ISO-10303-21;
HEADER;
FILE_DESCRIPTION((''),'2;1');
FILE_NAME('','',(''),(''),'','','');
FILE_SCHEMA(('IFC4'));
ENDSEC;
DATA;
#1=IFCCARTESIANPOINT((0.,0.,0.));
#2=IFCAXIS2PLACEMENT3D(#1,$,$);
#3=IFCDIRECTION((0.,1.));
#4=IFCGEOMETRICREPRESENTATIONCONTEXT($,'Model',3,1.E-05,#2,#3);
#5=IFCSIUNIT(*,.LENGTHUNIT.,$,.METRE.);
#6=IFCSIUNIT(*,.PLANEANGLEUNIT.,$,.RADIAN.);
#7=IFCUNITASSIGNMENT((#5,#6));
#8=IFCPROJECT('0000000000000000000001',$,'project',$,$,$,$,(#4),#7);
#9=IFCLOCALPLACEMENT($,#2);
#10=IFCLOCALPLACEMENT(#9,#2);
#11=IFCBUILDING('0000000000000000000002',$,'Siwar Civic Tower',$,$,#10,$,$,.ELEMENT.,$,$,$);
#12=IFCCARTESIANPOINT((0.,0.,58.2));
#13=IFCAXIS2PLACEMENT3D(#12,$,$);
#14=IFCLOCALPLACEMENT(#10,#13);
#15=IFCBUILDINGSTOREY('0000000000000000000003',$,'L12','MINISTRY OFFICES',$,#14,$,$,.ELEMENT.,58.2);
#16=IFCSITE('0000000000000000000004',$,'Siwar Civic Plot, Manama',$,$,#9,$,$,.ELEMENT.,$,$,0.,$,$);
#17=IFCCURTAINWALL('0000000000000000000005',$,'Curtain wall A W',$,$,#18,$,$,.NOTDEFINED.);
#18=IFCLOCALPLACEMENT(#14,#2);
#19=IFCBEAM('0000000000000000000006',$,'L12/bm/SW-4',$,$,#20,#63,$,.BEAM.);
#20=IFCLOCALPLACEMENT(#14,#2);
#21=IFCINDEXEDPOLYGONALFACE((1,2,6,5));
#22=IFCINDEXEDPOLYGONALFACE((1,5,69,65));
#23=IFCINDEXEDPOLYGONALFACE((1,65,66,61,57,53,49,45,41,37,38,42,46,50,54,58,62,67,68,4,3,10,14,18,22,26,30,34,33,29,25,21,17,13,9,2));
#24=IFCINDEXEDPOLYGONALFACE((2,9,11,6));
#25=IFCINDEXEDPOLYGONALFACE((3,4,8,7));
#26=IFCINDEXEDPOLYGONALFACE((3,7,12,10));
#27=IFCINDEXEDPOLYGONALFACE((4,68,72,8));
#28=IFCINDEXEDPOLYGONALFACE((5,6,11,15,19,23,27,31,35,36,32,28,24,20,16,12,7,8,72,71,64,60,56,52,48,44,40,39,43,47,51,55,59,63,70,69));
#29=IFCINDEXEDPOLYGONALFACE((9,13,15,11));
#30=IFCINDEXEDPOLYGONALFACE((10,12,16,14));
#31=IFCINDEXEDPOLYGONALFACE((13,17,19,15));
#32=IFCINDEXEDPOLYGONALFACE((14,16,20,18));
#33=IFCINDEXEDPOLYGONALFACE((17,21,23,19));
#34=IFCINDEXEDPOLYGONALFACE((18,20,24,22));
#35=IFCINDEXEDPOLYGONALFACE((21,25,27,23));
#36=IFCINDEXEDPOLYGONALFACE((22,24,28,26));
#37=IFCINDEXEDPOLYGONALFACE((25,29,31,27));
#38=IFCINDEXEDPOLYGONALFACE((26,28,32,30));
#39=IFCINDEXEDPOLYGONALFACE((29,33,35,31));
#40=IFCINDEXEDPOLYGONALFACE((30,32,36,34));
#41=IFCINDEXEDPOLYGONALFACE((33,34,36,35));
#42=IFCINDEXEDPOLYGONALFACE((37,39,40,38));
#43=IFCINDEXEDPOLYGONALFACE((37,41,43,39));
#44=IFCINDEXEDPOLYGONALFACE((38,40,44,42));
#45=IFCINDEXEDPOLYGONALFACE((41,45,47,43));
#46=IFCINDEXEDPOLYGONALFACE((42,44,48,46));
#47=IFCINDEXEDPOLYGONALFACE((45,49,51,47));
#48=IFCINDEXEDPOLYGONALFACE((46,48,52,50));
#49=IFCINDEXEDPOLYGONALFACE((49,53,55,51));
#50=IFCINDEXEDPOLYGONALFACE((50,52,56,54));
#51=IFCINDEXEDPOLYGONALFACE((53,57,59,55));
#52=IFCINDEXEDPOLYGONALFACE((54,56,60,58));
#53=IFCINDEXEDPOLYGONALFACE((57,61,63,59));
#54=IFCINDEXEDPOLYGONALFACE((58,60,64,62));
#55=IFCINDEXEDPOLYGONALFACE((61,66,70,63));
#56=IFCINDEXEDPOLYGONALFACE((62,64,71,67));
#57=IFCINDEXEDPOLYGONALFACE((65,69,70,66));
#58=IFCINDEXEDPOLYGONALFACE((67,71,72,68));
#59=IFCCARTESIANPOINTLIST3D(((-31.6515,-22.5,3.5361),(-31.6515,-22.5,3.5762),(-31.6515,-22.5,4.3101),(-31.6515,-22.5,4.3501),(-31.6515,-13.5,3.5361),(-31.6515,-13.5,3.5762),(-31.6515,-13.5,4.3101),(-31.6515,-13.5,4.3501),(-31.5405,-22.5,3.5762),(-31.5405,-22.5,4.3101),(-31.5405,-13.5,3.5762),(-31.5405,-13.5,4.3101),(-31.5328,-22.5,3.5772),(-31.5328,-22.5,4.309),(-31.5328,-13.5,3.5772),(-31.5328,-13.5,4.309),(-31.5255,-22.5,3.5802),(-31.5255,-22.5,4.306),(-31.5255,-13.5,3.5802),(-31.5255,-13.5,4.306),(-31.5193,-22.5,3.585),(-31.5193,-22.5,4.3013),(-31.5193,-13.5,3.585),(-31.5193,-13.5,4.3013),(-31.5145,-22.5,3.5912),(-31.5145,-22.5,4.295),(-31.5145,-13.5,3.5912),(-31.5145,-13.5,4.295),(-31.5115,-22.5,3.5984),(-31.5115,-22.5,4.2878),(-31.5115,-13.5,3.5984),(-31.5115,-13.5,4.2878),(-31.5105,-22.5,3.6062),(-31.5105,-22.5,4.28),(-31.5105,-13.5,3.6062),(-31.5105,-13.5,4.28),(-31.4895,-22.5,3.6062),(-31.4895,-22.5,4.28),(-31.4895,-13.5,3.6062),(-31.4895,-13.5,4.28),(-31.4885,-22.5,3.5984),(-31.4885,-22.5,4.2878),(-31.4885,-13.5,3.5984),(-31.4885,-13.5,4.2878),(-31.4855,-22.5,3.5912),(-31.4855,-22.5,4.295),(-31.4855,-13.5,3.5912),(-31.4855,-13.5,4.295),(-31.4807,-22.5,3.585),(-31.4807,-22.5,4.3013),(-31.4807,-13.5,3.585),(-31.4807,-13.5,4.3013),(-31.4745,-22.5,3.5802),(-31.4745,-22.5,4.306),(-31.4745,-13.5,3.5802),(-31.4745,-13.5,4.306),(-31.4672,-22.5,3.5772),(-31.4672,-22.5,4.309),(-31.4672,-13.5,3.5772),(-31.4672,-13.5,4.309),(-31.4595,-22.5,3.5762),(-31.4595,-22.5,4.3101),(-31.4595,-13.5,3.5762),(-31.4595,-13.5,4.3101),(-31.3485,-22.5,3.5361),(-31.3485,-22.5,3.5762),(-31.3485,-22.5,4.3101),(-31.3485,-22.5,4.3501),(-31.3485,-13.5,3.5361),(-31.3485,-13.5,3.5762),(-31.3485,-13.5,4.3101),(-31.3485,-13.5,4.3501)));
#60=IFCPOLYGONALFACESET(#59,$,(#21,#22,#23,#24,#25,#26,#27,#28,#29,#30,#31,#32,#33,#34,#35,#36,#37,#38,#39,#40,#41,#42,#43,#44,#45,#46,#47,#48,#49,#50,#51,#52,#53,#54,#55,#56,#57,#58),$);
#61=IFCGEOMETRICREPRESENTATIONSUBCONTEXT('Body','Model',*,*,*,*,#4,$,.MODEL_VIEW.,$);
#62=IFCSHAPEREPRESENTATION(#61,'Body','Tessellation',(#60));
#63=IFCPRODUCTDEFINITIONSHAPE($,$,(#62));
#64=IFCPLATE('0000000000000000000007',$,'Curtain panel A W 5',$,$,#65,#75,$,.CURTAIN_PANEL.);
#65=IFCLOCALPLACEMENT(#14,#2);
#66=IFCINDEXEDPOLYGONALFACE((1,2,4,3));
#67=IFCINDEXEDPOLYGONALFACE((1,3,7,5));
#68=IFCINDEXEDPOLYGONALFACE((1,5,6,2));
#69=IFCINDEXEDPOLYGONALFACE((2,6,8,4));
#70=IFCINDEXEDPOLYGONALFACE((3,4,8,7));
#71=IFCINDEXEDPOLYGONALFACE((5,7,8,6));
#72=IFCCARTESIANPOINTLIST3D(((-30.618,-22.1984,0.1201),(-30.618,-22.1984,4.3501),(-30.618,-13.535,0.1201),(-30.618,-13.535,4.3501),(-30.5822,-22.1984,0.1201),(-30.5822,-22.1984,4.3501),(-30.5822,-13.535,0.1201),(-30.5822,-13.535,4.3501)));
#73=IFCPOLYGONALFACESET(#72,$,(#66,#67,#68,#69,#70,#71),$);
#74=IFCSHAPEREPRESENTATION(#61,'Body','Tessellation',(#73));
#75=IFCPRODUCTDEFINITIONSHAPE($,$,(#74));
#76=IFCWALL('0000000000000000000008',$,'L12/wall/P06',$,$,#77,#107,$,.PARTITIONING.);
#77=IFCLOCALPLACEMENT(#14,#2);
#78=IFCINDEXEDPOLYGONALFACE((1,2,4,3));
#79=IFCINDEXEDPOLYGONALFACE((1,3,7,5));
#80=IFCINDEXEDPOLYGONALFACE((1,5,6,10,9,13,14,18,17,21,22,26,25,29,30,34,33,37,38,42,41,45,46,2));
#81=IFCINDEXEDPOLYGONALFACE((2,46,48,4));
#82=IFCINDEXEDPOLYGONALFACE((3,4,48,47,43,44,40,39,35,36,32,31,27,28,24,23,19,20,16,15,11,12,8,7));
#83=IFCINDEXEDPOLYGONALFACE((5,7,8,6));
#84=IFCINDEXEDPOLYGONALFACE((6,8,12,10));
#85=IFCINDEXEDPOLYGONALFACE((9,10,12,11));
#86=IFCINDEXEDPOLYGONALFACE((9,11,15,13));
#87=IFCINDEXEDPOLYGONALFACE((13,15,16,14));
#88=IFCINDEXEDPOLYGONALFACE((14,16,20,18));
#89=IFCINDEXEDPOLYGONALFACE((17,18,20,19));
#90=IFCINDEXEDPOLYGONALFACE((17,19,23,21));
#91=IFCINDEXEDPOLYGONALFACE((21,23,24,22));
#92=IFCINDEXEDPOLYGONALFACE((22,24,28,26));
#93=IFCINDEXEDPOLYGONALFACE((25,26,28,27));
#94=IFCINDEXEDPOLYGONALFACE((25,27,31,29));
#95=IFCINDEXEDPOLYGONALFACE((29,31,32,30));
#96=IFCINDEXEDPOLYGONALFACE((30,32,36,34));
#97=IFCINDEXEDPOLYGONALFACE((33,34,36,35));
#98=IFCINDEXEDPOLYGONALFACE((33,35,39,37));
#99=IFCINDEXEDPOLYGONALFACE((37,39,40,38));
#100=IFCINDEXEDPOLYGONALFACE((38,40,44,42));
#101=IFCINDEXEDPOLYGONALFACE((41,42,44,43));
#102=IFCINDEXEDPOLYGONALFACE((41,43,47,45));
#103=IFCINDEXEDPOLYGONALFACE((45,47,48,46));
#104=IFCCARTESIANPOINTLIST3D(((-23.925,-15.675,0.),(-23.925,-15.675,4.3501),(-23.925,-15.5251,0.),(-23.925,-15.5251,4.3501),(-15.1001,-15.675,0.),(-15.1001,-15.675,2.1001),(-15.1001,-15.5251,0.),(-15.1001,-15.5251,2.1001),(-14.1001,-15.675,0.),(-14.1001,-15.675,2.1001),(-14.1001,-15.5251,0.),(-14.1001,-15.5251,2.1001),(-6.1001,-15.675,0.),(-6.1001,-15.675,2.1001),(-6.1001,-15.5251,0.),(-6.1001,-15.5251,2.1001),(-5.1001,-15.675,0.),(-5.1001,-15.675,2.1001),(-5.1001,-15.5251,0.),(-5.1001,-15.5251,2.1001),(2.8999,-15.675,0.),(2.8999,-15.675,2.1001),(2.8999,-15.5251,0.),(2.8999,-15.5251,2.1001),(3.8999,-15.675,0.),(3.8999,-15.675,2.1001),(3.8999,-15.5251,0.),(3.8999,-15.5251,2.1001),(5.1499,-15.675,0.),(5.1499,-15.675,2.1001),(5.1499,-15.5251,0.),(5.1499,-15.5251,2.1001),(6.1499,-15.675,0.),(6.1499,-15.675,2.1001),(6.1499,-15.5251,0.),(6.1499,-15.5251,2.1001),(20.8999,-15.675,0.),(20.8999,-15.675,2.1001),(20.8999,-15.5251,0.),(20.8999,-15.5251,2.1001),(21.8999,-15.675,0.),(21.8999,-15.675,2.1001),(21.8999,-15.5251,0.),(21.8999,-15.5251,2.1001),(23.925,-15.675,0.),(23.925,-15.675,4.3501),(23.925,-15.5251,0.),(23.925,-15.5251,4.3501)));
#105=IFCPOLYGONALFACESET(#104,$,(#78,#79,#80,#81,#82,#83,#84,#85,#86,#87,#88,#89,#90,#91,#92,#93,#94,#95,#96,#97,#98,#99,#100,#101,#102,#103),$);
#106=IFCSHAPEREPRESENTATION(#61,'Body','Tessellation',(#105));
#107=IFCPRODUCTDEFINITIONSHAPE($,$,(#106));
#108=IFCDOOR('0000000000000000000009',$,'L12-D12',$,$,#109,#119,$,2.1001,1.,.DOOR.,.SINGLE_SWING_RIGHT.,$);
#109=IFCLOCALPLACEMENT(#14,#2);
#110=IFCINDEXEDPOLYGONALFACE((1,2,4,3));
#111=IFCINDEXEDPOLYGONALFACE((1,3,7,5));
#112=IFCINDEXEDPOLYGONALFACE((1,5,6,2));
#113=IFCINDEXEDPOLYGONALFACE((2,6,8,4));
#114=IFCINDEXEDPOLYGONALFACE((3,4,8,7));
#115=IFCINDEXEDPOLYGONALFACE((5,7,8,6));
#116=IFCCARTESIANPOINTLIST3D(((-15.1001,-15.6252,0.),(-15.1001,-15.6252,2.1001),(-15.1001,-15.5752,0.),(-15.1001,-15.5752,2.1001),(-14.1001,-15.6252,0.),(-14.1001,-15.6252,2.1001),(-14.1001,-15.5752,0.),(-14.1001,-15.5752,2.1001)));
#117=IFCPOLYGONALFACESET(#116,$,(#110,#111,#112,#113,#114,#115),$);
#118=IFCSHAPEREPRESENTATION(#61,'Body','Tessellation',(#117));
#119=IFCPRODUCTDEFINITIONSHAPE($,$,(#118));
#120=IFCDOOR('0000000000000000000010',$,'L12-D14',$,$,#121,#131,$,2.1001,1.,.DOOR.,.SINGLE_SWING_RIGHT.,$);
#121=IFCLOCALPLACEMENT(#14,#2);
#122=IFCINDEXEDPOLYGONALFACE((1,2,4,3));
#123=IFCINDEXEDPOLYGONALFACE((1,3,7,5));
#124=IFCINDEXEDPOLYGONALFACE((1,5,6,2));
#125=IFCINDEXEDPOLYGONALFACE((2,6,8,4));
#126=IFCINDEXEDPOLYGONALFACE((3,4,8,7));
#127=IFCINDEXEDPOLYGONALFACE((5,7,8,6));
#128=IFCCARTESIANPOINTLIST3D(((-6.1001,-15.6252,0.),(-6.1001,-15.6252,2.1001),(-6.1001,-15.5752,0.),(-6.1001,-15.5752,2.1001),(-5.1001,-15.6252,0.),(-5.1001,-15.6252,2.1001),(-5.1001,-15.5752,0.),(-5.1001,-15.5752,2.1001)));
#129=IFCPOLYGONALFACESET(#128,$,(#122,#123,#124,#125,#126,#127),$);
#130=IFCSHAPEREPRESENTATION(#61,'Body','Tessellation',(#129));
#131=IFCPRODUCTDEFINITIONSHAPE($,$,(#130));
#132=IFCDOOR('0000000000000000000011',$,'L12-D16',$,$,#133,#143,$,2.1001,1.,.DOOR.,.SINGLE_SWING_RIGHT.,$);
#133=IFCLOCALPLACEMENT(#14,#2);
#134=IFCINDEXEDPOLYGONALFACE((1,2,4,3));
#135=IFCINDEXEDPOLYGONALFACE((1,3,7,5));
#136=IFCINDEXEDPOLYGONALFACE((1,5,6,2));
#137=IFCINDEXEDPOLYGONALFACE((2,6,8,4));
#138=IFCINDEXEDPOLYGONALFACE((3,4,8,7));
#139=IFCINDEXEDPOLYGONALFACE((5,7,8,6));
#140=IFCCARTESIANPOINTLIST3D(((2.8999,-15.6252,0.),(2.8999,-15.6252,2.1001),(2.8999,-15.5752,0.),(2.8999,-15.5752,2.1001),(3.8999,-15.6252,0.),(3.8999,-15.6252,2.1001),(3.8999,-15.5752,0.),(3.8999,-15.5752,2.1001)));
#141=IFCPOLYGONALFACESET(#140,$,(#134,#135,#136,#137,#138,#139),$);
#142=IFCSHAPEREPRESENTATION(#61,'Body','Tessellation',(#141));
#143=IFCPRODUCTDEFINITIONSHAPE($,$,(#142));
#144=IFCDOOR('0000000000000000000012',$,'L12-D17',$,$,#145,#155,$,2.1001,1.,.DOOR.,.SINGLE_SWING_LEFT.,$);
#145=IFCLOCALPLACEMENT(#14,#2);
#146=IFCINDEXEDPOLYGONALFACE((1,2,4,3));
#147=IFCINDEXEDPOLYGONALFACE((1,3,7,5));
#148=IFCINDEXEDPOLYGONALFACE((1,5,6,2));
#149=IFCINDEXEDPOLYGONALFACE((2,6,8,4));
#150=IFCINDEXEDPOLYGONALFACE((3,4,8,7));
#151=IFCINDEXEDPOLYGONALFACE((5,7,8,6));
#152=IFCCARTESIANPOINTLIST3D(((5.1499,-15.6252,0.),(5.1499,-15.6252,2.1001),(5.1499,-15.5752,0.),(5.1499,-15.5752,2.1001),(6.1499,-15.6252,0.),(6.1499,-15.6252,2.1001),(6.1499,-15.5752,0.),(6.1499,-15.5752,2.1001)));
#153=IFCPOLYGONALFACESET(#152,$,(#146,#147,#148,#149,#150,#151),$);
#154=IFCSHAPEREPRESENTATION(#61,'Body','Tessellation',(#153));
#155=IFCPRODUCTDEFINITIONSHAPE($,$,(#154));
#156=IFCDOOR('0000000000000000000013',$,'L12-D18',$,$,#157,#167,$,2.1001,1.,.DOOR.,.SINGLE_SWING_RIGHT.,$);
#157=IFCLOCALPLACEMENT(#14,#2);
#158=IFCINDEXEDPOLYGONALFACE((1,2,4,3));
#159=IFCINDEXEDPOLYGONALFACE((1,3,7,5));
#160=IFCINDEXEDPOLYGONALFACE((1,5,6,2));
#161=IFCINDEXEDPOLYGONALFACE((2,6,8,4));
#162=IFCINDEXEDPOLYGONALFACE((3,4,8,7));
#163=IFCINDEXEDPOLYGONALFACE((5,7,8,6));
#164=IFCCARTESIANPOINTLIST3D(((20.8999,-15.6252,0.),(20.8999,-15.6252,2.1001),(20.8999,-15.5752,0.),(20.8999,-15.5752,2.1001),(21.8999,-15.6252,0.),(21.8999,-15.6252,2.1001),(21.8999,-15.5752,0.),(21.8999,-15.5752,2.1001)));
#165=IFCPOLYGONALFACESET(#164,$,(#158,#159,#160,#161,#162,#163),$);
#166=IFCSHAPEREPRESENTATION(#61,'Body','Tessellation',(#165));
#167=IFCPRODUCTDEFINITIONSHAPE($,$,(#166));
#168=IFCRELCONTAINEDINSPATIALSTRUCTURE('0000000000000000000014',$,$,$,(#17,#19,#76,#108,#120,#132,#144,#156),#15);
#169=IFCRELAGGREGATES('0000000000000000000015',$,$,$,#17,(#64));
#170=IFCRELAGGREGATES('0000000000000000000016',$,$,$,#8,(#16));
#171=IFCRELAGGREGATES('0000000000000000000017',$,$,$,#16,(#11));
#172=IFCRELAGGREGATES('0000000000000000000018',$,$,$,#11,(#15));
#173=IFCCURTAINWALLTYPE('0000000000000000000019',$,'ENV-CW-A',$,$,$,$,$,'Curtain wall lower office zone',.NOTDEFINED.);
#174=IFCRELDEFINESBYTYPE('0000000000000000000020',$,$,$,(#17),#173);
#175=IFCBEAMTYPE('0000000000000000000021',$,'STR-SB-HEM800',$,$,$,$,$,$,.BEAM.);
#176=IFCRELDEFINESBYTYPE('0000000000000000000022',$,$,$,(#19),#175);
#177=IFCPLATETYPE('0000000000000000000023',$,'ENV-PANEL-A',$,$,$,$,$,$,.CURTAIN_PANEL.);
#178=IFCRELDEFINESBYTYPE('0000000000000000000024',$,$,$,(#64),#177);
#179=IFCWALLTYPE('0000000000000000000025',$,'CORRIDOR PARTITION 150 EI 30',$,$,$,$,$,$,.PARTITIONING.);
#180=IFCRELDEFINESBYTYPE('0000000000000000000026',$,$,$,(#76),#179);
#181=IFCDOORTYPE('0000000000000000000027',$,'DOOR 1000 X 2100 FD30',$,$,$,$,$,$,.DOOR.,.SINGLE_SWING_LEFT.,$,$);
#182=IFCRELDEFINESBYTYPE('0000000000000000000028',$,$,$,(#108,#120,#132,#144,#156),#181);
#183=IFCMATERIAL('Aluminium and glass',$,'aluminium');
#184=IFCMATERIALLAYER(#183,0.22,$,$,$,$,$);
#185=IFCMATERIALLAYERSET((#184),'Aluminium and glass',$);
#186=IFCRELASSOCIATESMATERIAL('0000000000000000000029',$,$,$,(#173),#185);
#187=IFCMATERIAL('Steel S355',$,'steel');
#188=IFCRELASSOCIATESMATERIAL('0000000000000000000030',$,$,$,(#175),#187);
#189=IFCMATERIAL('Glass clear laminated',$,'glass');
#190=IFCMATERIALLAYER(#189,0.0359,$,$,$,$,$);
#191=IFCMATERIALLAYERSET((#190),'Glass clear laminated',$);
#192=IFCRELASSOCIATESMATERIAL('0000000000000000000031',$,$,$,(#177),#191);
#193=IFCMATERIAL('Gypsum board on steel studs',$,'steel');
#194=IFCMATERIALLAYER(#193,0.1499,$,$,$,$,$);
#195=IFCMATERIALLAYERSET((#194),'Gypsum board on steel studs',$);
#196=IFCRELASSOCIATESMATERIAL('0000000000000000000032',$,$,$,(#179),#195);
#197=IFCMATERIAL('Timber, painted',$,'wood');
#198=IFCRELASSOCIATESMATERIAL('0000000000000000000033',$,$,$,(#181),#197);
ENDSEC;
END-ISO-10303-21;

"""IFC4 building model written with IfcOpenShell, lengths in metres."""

from ifc_helpers import new_model, si_unit, direction, frame, frame_2d, origin, origin_2d, place, context, subcontext, project, spatial, rectangle, i_section, extrude, material, layer, layer_set, material_profile, profile_set, type_object, element, fill, aggregate, save


model = new_model("IFC4")

# Units and contexts
model_context = context("Model", 3, precision=1e-05, world=origin(), true_north=direction((0.0, 1.0)))
body_context = subcontext(model_context, "Body", "Model", "MODEL_VIEW")
ifc_project = project(units=[si_unit("LENGTHUNIT", "METRE"), si_unit("PLANEANGLEUNIT", "RADIAN")], contexts=[model_context])

# Site, building, storey
site_placement = place(None, origin())
site = spatial("IfcSite", under=ifc_project, at=site_placement, Name="Siwar Civic Plot, Manama", CompositionType="ELEMENT", RefElevation=0.0)
building_placement = place(site_placement, origin())
building = spatial("IfcBuilding", under=site, at=building_placement, Name="Siwar Civic Tower", CompositionType="ELEMENT")
storey_placement = place(building_placement, frame((0.0, 0.0, 58.2)))
storey = spatial("IfcBuildingStorey", under=building, at=storey_placement, Name="L12", Description="MINISTRY OFFICES", CompositionType="ELEMENT", Elevation=58.2)

# Curtain wall
ifc_material_1 = material(Name="Aluminium and glass", Category="aluminium")
ifc_layer_1 = layer(ifc_material_1, 0.22)
ifc_layer_set_1 = layer_set([ifc_layer_1], Name="Aluminium and glass")
curtain_wall_type_1 = type_object("IfcCurtainWallType", Name="ENV-CW-A", ElementType="Curtain wall lower office zone", PredefinedType="NOTDEFINED", material=ifc_layer_set_1)
curtain_wall_1_placement = place(storey_placement, origin())
curtain_wall_1 = element("IfcCurtainWall", 1, at=curtain_wall_1_placement, inside=storey, type_object=curtain_wall_type_1, Name="Curtain wall A W", PredefinedType="NOTDEFINED")

# Beam
ifc_material_2 = material(Name="Steel S355", Category="steel")
ifc_material_profile_1 = material_profile(ifc_material_2, i_section(OverallWidth=0.303, OverallDepth=0.814, WebThickness=0.021, FlangeThickness=0.04, FilletRadius=0.03, at=origin_2d()), Name="HEM800")
ifc_profile_set_1 = profile_set([ifc_material_profile_1], Name="Steel S355")
beam_type_1 = type_object("IfcBeamType", Name="STR-SB-HEM800", PredefinedType="BEAM", material=ifc_profile_set_1)
beam_1_placement = place(storey_placement, frame((-31.5, -13.5, 3.9431), z_axis=(0.0, -1.0, 0.0), x_axis=(1.0, 0.0, 0.0)))
element("IfcBeam", 2, at=beam_1_placement, inside=storey, type_object=beam_type_1, Name="L12/bm/SW-4", PredefinedType="BEAM", context=body_context, shape_type="SweptSolid", body=[
    extrude(i_section(OverallWidth=0.303, OverallDepth=0.814, WebThickness=0.021, FlangeThickness=0.04, FilletRadius=0.03, at=origin_2d()), origin(), (0.0, 0.0, 1.0), 9.0),
])

# Plate
ifc_material_3 = material(Name="Glass clear laminated", Category="glass")
ifc_layer_2 = layer(ifc_material_3, 0.0359)
ifc_layer_set_2 = layer_set([ifc_layer_2], Name="Glass clear laminated")
plate_type = type_object("IfcPlateType", Name="ENV-PANEL-A", PredefinedType="CURTAIN_PANEL", material=ifc_layer_set_2)
plate_placement = place(storey_placement, frame((-30.6001, -17.8667, 0.1201), z_axis=(0.0, 0.0, 1.0), x_axis=(0.0, -1.0, 0.0)))
plate = element("IfcPlate", 3, at=plate_placement, type_object=plate_type, Name="Curtain panel A W 5", PredefinedType="CURTAIN_PANEL", context=body_context, shape_type="SweptSolid", body=[
    extrude(rectangle(XDim=8.6633, YDim=0.0359, at=origin_2d()), origin(), (0.0, 0.0, 1.0), 4.23),
])
aggregate(curtain_wall_1, [plate])

# Wall, openings, doors
ifc_material_4 = material(Name="Gypsum board on steel studs", Category="steel")
ifc_layer_3 = layer(ifc_material_4, 0.1499)
ifc_layer_set_3 = layer_set([ifc_layer_3], Name="Gypsum board on steel studs")
wall_type_1 = type_object("IfcWallType", Name="CORRIDOR PARTITION 150 EI 30", PredefinedType="PARTITIONING", material=ifc_layer_set_3)
wall_1_placement = place(storey_placement, frame((-23.925, -15.6001, 0.0), z_axis=(0.0, 0.0, 1.0), x_axis=(1.0, 0.0, 0.0)))
wall_1 = element("IfcWall", 4, at=wall_1_placement, inside=storey, type_object=wall_type_1, Name="L12/wall/P06", PredefinedType="PARTITIONING", context=body_context, shape_type="SweptSolid", body=[
    extrude(rectangle(XDim=47.8501, YDim=0.1499, at=frame_2d((23.925, 0.0))), origin(), (0.0, 0.0, 1.0), 4.3501),
])
opening_1_placement = place(wall_1_placement, frame((8.825, 0.0, 0.0)))
opening_1 = element("IfcOpeningElement", 5, at=opening_1_placement, cuts=wall_1, PredefinedType="OPENING", context=body_context, shape_type="SweptSolid", body=[
    extrude(rectangle(XDim=1.0, YDim=2.1001, at=frame_2d((0.5, 1.05))), frame((0.0, 0.085, 0.0), z_axis=(0.0, -1.0, 0.0), x_axis=(1.0, 0.0, 0.0)), (0.0, 0.0, 1.0), 0.1699),
])
opening_2_placement = place(wall_1_placement, frame((17.825, 0.0, 0.0)))
opening_2 = element("IfcOpeningElement", 6, at=opening_2_placement, cuts=wall_1, PredefinedType="OPENING", context=body_context, shape_type="SweptSolid", body=[
    extrude(rectangle(XDim=1.0, YDim=2.1001, at=frame_2d((0.5, 1.05))), frame((0.0, 0.085, 0.0), z_axis=(0.0, -1.0, 0.0), x_axis=(1.0, 0.0, 0.0)), (0.0, 0.0, 1.0), 0.1699),
])
opening_3_placement = place(wall_1_placement, frame((26.825, 0.0, 0.0)))
opening_3 = element("IfcOpeningElement", 7, at=opening_3_placement, cuts=wall_1, PredefinedType="OPENING", context=body_context, shape_type="SweptSolid", body=[
    extrude(rectangle(XDim=1.0, YDim=2.1001, at=frame_2d((0.5, 1.05))), frame((0.0, 0.085, 0.0), z_axis=(0.0, -1.0, 0.0), x_axis=(1.0, 0.0, 0.0)), (0.0, 0.0, 1.0), 0.1699),
])
opening_4_placement = place(wall_1_placement, frame((29.075, 0.0, 0.0)))
opening_4 = element("IfcOpeningElement", 8, at=opening_4_placement, cuts=wall_1, PredefinedType="OPENING", context=body_context, shape_type="SweptSolid", body=[
    extrude(rectangle(XDim=1.0, YDim=2.1001, at=frame_2d((0.5, 1.05))), frame((0.0, 0.085, 0.0), z_axis=(0.0, -1.0, 0.0), x_axis=(1.0, 0.0, 0.0)), (0.0, 0.0, 1.0), 0.1699),
])
opening_5_placement = place(wall_1_placement, frame((44.825, 0.0, 0.0)))
opening_5 = element("IfcOpeningElement", 9, at=opening_5_placement, cuts=wall_1, PredefinedType="OPENING", context=body_context, shape_type="SweptSolid", body=[
    extrude(rectangle(XDim=1.0, YDim=2.1001, at=frame_2d((0.5, 1.05))), frame((0.0, 0.085, 0.0), z_axis=(0.0, -1.0, 0.0), x_axis=(1.0, 0.0, 0.0)), (0.0, 0.0, 1.0), 0.1699),
])
ifc_material_5 = material(Name="Timber, painted", Category="wood")
door_type_1 = type_object("IfcDoorType", Name="DOOR 1000 X 2100 FD30", OperationType="SINGLE_SWING_LEFT", PredefinedType="DOOR", material=ifc_material_5)
door_1_placement = place(opening_1_placement, origin())
door_1 = element("IfcDoor", 10, at=door_1_placement, inside=storey, type_object=door_type_1, Name="L12-D12", OperationType="SINGLE_SWING_RIGHT", OverallHeight=2.1001, OverallWidth=1.0, PredefinedType="DOOR", context=body_context, shape_type="SweptSolid", body=[
    extrude(rectangle(XDim=1.0, YDim=2.1001, at=frame_2d((0.5, 1.05))), frame((0.0, 0.0249, 0.0), z_axis=(0.0, -1.0, 0.0), x_axis=(1.0, 0.0, 0.0)), (0.0, 0.0, 1.0), 0.05),
])
fill(opening_1, door_1)
door_2_placement = place(opening_2_placement, origin())
door_2 = element("IfcDoor", 11, at=door_2_placement, inside=storey, type_object=door_type_1, Name="L12-D14", OperationType="SINGLE_SWING_RIGHT", OverallHeight=2.1001, OverallWidth=1.0, PredefinedType="DOOR", context=body_context, shape_type="SweptSolid", body=[
    extrude(rectangle(XDim=1.0, YDim=2.1001, at=frame_2d((0.5, 1.05))), frame((0.0, 0.0249, 0.0), z_axis=(0.0, -1.0, 0.0), x_axis=(1.0, 0.0, 0.0)), (0.0, 0.0, 1.0), 0.05),
])
fill(opening_2, door_2)
door_3_placement = place(opening_3_placement, origin())
door_3 = element("IfcDoor", 12, at=door_3_placement, inside=storey, type_object=door_type_1, Name="L12-D16", OperationType="SINGLE_SWING_RIGHT", OverallHeight=2.1001, OverallWidth=1.0, PredefinedType="DOOR", context=body_context, shape_type="SweptSolid", body=[
    extrude(rectangle(XDim=1.0, YDim=2.1001, at=frame_2d((0.5, 1.05))), frame((0.0, 0.0249, 0.0), z_axis=(0.0, -1.0, 0.0), x_axis=(1.0, 0.0, 0.0)), (0.0, 0.0, 1.0), 0.05),
])
fill(opening_3, door_3)
door_4_placement = place(opening_4_placement, origin())
door_4 = element("IfcDoor", 13, at=door_4_placement, inside=storey, type_object=door_type_1, Name="L12-D17", OperationType="SINGLE_SWING_LEFT", OverallHeight=2.1001, OverallWidth=1.0, PredefinedType="DOOR", context=body_context, shape_type="SweptSolid", body=[
    extrude(rectangle(XDim=1.0, YDim=2.1001, at=frame_2d((0.5, 1.05))), frame((0.0, 0.0249, 0.0), z_axis=(0.0, -1.0, 0.0), x_axis=(1.0, 0.0, 0.0)), (0.0, 0.0, 1.0), 0.05),
])
fill(opening_4, door_4)
door_5_placement = place(opening_5_placement, origin())
door_5 = element("IfcDoor", 14, at=door_5_placement, inside=storey, type_object=door_type_1, Name="L12-D18", OperationType="SINGLE_SWING_RIGHT", OverallHeight=2.1001, OverallWidth=1.0, PredefinedType="DOOR", context=body_context, shape_type="SweptSolid", body=[
    extrude(rectangle(XDim=1.0, YDim=2.1001, at=frame_2d((0.5, 1.05))), frame((0.0, 0.0249, 0.0), z_axis=(0.0, -1.0, 0.0), x_axis=(1.0, 0.0, 0.0)), (0.0, 0.0, 1.0), 0.05),
])
fill(opening_5, door_5)

save(model, "model.ifc")
